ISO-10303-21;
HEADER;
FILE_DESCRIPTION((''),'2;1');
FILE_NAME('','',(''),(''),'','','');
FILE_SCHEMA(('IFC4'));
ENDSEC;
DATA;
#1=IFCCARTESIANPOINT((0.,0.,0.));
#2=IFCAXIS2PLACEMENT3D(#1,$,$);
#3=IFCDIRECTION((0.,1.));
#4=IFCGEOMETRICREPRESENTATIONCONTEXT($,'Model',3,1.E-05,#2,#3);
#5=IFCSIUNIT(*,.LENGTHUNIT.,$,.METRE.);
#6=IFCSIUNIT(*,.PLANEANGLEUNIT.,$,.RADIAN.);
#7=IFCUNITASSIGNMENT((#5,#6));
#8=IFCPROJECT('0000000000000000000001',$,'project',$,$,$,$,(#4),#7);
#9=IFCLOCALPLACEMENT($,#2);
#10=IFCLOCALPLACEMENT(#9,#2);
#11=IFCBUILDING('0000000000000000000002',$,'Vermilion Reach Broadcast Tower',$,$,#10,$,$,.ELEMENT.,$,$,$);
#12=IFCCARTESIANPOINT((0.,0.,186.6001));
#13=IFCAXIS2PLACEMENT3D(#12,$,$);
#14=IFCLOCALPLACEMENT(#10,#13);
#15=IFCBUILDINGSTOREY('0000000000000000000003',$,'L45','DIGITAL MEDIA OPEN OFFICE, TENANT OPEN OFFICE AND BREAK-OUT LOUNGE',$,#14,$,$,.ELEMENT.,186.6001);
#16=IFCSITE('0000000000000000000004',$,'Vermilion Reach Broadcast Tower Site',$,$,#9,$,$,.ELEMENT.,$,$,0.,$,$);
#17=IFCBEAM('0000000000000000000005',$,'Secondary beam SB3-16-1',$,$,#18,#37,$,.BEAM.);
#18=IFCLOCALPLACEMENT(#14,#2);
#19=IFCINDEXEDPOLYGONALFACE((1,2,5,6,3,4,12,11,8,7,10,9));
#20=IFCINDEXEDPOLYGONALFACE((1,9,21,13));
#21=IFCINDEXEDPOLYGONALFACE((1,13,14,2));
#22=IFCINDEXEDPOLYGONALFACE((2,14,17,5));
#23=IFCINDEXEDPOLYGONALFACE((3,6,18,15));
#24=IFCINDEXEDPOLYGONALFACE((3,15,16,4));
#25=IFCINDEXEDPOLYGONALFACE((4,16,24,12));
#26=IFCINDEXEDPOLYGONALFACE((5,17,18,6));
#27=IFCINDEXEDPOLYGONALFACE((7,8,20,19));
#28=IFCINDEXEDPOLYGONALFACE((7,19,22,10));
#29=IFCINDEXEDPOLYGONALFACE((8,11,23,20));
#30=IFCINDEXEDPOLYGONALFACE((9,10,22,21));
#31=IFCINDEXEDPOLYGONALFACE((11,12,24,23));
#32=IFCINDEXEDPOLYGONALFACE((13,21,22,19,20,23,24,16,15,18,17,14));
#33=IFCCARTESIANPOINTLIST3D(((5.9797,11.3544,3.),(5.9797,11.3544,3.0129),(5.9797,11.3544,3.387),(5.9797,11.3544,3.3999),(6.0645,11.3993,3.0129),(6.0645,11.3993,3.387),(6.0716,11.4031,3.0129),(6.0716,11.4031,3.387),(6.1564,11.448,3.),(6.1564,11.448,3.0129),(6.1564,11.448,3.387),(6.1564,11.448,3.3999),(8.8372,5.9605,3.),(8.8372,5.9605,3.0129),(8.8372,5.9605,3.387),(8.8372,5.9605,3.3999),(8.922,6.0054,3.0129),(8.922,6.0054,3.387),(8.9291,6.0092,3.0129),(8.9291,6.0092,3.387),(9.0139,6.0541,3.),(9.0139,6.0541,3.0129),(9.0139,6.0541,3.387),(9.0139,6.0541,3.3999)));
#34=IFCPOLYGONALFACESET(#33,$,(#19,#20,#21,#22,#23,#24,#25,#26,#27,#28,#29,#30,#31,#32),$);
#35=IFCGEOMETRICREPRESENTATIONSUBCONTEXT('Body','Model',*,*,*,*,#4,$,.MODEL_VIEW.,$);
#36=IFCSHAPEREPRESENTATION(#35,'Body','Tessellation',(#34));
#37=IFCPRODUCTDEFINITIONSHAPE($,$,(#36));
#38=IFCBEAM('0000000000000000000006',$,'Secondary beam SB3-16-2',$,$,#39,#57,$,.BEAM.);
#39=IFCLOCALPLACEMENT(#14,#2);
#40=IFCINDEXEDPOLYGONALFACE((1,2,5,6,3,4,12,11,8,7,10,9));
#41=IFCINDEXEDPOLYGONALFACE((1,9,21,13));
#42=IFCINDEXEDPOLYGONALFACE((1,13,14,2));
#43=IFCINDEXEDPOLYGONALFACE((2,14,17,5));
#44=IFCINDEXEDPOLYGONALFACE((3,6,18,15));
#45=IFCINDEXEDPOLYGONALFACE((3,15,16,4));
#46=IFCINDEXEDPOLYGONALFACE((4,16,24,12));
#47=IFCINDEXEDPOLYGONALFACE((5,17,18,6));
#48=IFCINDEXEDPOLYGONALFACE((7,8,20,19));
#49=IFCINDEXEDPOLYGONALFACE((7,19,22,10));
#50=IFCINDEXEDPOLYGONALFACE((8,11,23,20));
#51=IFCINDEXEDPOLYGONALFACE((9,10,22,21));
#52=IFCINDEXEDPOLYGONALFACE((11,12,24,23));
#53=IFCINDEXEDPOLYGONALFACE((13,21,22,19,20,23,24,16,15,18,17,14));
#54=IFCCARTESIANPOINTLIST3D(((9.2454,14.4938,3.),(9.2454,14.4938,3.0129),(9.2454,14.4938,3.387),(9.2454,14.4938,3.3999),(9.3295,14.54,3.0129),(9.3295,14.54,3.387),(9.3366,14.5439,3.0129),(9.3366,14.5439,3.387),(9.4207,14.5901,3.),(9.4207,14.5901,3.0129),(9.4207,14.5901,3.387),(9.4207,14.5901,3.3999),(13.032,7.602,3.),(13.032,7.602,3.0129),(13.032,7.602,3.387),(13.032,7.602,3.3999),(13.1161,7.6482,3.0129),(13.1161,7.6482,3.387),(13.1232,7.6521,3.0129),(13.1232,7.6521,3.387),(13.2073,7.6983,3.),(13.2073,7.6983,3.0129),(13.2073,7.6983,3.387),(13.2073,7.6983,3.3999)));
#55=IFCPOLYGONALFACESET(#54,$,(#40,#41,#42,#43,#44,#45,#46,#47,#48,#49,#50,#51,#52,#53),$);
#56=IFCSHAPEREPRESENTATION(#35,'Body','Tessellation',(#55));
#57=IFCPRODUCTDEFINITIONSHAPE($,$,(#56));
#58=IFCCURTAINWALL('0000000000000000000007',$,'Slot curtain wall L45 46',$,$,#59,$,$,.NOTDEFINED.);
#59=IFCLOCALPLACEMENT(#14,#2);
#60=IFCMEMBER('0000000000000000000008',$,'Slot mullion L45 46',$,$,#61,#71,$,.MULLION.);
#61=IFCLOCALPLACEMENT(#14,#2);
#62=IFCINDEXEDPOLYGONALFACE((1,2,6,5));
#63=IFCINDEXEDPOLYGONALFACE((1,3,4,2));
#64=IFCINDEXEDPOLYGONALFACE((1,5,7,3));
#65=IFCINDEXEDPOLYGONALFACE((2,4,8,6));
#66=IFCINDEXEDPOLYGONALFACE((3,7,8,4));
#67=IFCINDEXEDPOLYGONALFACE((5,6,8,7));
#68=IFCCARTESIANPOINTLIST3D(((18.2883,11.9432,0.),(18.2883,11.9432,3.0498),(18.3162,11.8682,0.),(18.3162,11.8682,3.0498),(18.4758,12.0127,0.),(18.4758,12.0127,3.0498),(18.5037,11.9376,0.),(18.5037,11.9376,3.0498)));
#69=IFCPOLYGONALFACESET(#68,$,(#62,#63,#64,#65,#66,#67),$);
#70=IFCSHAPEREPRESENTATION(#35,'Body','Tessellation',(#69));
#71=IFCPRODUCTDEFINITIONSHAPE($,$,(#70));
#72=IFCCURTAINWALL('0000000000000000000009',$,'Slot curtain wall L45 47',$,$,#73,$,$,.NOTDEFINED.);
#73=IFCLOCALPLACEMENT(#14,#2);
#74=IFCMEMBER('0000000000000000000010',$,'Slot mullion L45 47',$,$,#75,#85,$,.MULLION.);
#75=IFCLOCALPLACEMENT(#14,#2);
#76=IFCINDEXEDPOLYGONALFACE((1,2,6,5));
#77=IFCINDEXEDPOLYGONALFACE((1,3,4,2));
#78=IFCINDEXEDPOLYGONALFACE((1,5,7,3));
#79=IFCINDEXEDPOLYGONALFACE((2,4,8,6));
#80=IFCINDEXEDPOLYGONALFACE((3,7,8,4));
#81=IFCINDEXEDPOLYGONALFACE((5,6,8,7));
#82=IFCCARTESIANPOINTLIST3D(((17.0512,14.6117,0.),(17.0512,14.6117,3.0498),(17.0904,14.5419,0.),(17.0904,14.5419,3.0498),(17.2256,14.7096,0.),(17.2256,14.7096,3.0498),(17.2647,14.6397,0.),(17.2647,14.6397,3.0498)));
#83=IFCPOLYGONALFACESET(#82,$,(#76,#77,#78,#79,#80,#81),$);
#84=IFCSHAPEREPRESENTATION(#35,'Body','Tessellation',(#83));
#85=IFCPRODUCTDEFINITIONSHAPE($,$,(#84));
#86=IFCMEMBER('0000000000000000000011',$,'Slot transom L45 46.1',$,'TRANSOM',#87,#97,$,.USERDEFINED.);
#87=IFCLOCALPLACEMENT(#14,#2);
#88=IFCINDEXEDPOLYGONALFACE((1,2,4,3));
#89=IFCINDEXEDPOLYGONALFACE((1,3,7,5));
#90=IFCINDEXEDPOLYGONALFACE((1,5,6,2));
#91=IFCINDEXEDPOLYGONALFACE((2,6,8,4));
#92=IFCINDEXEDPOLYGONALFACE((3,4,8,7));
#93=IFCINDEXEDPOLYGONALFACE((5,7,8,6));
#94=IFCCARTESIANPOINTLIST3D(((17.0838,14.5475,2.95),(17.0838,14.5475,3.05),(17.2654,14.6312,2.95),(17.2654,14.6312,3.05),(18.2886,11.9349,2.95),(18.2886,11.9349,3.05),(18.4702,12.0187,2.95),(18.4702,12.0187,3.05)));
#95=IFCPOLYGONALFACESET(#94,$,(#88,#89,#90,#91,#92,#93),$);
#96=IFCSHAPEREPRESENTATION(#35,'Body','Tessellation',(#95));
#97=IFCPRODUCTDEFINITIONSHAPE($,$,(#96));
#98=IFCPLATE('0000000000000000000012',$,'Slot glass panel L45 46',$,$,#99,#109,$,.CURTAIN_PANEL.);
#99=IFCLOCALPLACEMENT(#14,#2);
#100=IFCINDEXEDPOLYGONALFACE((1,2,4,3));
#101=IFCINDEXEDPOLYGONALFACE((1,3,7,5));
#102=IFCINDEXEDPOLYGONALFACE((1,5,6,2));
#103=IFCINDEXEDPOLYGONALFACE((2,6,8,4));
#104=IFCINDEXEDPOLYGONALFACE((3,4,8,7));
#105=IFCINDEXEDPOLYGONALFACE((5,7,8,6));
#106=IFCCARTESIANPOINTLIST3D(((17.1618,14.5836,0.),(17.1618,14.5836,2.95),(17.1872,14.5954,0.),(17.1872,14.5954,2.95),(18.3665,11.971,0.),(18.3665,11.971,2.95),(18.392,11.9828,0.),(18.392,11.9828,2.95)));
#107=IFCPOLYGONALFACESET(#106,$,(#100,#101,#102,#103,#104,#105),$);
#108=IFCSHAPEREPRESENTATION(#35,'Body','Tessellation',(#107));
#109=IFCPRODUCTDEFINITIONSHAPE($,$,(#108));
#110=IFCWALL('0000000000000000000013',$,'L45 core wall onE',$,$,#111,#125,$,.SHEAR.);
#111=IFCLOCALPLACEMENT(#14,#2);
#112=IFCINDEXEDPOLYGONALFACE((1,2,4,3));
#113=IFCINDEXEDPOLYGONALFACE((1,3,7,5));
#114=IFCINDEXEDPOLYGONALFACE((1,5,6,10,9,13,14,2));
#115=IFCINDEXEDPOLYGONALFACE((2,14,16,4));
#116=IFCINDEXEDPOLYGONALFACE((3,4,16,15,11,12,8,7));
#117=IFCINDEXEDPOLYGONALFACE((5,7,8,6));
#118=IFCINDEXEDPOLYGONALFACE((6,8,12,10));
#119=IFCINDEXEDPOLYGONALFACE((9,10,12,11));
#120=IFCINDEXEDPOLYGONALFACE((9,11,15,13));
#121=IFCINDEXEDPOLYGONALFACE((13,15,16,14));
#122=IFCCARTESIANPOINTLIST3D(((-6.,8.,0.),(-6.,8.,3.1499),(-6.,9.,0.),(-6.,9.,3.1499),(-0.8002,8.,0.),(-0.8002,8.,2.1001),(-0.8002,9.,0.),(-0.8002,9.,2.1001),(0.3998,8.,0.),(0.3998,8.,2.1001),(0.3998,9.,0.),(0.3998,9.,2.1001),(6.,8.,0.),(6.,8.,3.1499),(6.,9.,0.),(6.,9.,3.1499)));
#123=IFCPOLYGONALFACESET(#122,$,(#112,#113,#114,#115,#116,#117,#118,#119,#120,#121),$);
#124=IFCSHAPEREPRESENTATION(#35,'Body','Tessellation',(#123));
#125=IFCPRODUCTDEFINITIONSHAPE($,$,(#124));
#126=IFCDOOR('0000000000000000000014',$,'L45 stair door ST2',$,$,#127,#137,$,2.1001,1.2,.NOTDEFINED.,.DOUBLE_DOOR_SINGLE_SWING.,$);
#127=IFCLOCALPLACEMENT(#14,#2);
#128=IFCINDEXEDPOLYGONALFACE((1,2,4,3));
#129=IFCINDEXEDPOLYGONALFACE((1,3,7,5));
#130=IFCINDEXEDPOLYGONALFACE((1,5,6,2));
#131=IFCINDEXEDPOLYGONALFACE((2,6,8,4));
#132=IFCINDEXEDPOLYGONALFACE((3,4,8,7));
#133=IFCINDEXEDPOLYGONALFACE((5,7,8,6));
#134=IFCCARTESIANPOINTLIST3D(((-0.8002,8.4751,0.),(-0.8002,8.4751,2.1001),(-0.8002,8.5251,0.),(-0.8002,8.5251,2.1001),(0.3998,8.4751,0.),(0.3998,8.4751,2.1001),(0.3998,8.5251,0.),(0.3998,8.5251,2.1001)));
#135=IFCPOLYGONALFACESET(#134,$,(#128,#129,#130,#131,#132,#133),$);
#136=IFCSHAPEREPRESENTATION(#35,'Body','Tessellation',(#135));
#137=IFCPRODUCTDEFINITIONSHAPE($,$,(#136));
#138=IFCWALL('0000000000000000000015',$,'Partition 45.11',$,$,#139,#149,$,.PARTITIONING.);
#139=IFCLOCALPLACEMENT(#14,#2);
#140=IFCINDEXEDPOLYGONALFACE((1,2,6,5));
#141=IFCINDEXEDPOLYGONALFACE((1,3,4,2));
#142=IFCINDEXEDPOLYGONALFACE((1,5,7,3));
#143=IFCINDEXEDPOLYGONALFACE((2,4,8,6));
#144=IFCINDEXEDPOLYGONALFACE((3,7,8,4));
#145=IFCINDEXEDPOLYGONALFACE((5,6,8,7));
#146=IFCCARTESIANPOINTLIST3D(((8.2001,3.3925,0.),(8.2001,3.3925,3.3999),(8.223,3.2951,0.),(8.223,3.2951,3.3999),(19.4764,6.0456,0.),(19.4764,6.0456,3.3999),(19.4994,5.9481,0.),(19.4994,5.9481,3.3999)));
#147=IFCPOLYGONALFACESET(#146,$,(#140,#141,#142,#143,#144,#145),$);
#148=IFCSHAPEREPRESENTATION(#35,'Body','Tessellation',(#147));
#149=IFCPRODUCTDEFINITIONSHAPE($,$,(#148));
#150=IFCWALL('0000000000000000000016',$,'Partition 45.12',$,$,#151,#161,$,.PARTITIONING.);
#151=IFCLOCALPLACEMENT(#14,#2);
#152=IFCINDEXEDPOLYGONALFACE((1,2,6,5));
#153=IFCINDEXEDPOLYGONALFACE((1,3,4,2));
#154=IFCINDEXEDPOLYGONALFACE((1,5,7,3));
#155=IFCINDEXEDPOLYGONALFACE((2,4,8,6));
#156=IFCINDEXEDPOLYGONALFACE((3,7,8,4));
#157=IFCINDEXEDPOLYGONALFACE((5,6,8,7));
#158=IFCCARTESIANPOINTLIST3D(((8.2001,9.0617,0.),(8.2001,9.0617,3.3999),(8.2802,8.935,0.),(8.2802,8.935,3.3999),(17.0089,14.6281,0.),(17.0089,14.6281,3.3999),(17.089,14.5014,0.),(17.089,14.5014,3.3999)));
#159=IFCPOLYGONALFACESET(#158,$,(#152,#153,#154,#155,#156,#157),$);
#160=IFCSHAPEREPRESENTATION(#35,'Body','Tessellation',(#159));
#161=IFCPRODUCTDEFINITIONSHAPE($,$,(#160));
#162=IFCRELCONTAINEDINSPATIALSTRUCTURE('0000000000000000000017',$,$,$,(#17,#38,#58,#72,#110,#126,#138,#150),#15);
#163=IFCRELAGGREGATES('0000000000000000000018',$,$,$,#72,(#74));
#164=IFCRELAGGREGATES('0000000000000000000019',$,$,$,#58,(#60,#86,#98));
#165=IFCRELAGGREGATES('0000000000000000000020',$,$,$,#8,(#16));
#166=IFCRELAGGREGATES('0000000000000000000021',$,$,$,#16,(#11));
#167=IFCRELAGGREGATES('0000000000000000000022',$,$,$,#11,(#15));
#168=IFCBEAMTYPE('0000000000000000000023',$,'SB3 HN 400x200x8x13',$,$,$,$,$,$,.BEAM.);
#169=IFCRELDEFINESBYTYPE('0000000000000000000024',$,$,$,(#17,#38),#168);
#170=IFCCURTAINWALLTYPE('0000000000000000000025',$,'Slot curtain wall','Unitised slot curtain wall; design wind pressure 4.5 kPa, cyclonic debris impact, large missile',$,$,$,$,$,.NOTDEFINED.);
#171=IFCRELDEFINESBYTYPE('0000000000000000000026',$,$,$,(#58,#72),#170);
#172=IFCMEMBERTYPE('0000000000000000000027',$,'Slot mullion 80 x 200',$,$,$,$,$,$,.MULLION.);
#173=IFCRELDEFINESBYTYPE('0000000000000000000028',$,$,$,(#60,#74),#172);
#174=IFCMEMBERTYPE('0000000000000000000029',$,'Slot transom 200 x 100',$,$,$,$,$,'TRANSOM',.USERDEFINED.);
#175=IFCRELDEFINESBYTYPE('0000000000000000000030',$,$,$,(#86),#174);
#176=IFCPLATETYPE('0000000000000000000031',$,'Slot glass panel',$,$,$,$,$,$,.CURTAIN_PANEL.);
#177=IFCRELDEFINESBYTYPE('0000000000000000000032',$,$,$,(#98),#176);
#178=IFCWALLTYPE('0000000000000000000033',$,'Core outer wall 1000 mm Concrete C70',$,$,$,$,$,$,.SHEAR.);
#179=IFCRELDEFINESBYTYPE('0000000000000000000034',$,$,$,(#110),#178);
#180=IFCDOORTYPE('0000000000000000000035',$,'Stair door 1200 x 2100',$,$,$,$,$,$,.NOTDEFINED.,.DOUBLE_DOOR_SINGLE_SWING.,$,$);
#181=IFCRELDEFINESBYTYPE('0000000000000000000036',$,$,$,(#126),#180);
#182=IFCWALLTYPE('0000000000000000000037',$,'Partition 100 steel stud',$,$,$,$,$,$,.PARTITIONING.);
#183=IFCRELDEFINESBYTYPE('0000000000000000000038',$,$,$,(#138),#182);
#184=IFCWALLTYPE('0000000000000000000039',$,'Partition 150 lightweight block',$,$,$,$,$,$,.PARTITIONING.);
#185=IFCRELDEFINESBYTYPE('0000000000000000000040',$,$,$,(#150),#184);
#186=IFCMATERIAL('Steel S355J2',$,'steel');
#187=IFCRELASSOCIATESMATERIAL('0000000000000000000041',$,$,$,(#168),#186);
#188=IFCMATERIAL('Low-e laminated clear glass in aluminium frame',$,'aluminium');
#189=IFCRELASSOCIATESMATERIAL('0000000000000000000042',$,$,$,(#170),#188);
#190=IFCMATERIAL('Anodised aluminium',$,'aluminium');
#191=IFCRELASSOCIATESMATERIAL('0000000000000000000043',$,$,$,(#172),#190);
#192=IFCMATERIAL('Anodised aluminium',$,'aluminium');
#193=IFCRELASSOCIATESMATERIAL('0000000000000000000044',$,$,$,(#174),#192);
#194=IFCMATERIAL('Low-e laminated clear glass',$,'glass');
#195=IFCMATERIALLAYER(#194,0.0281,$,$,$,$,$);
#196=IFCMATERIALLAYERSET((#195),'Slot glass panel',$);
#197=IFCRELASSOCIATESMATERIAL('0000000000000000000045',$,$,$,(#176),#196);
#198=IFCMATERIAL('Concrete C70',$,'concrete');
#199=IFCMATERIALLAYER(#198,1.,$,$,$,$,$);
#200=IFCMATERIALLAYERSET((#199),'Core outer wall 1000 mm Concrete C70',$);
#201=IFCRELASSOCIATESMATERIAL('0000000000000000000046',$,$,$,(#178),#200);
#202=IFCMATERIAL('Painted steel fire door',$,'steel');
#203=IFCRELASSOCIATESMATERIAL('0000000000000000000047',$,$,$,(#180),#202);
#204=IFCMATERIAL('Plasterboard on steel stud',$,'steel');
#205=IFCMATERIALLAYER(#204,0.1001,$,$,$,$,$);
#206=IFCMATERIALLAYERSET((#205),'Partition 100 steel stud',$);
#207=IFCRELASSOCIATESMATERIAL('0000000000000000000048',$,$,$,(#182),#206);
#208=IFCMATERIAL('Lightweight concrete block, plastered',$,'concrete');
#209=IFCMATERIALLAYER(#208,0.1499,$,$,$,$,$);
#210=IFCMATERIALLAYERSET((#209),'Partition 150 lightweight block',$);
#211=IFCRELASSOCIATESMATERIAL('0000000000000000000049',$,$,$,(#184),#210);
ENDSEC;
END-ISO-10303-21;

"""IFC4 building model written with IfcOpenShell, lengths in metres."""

from ifc_helpers import new_model, si_unit, direction, frame, frame_2d, origin, origin_2d, place, context, subcontext, project, spatial, rectangle, i_section, extrude, material, layer, layer_set, material_profile, profile_set, type_object, element, fill, aggregate, save


model = new_model("IFC4")

# Units and contexts
model_context = context("Model", 3, precision=1e-05, world=origin(), true_north=direction((0.0, 1.0)))
body_context = subcontext(model_context, "Body", "Model", "MODEL_VIEW")
ifc_project = project(units=[si_unit("LENGTHUNIT", "METRE"), si_unit("PLANEANGLEUNIT", "RADIAN")], contexts=[model_context])

# Site, building, storey
site_placement = place(None, origin())
site = spatial("IfcSite", under=ifc_project, at=site_placement, Name="Vermilion Reach Broadcast Tower Site", CompositionType="ELEMENT", RefElevation=0.0)
building_placement = place(site_placement, origin())
building = spatial("IfcBuilding", under=site, at=building_placement, Name="Vermilion Reach Broadcast Tower", CompositionType="ELEMENT")
storey_placement = place(building_placement, frame((0.0, 0.0, 186.6001)))
storey = spatial("IfcBuildingStorey", under=building, at=storey_placement, Name="L45", Description="DIGITAL MEDIA OPEN OFFICE, TENANT OPEN OFFICE AND BREAK-OUT LOUNGE", CompositionType="ELEMENT", Elevation=186.6001)

# Beams
ifc_material_1 = material(Name="Steel S355J2", Category="steel")
ifc_material_profile_1 = material_profile(ifc_material_1, i_section(OverallWidth=0.2, OverallDepth=0.3999, WebThickness=0.0081, FlangeThickness=0.0129, at=origin_2d()), Name="S355J2 HN 400x200x8x13")
ifc_profile_set_1 = profile_set([ifc_material_profile_1], Name="Steel S355J2")
beam_type_1 = type_object("IfcBeamType", Name="SB3 HN 400x200x8x13", PredefinedType="BEAM", material=ifc_profile_set_1)
beam_1_placement = place(storey_placement, frame((8.9255, 6.0073, 3.2), z_axis=(-0.468128, 0.88366, 0.0), x_axis=(-0.88366, -0.468128, 0.0)))
element("IfcBeam", 1, at=beam_1_placement, inside=storey, type_object=beam_type_1, Name="Secondary beam SB3-16-1", PredefinedType="BEAM", context=body_context, shape_type="SweptSolid", body=[
    extrude(i_section(OverallWidth=0.2, OverallDepth=0.3999, WebThickness=0.0081, FlangeThickness=0.0129, at=origin_2d()), origin(), (0.0, 0.0, 1.0), 6.104),
])
beam_2_placement = place(storey_placement, frame((13.1196, 7.6501, 3.2), z_axis=(-0.481539, 0.876425, 0.0), x_axis=(-0.876425, -0.481539, 0.0)))
element("IfcBeam", 2, at=beam_2_placement, inside=storey, type_object=beam_type_1, Name="Secondary beam SB3-16-2", PredefinedType="BEAM", context=body_context, shape_type="SweptSolid", body=[
    extrude(i_section(OverallWidth=0.2, OverallDepth=0.3999, WebThickness=0.0081, FlangeThickness=0.0129, at=origin_2d()), origin(), (0.0, 0.0, 1.0), 7.8635),
])

# Curtain walls, members
ifc_material_2 = material(Name="Low-e laminated clear glass in aluminium frame", Category="aluminium")
curtain_wall_type = type_object("IfcCurtainWallType", Name="Slot curtain wall", Description="Unitised slot curtain wall; design wind pressure 4.5 kPa, cyclonic debris impact, large missile", PredefinedType="NOTDEFINED", material=ifc_material_2)
placement = place(storey_placement, origin())
curtain_wall_1 = element("IfcCurtainWall", 3, at=placement, inside=storey, type_object=curtain_wall_type, Name="Slot curtain wall L45 46", PredefinedType="NOTDEFINED")
ifc_material_3 = material(Name="Anodised aluminium", Category="aluminium")
ifc_material_profile_2 = material_profile(ifc_material_3, rectangle(XDim=0.2, YDim=0.0801, at=origin_2d()), Name="Slot mullion 80 x 200")
ifc_profile_set_2 = profile_set([ifc_material_profile_2], Name="Anodised aluminium")
member_type_1 = type_object("IfcMemberType", Name="Slot mullion 80 x 200", PredefinedType="MULLION", material=ifc_profile_set_2)
member_1_placement = place(storey_placement, frame((18.396, 11.9404, 0.0), z_axis=(0.0, 0.0, 1.0), x_axis=(-0.937728, -0.34737, 0.0)))
member_1 = element("IfcMember", 4, at=member_1_placement, type_object=member_type_1, Name="Slot mullion L45 46", PredefinedType="MULLION", context=body_context, shape_type="SweptSolid", body=[
    extrude(rectangle(XDim=0.2, YDim=0.0801, at=origin_2d()), origin(), (0.0, 0.0, 1.0), 3.0498),
])
curtain_wall_2 = element("IfcCurtainWall", 5, at=placement, inside=storey, type_object=curtain_wall_type, Name="Slot curtain wall L45 47", PredefinedType="NOTDEFINED")
member_2_placement = place(storey_placement, frame((17.158, 14.6257, 0.0), z_axis=(0.0, 0.0, 1.0), x_axis=(-0.872145, -0.489247, 0.0)))
member_2 = element("IfcMember", 6, at=member_2_placement, type_object=member_type_1, Name="Slot mullion L45 47", PredefinedType="MULLION", context=body_context, shape_type="SweptSolid", body=[
    extrude(rectangle(XDim=0.2, YDim=0.0801, at=origin_2d()), origin(), (0.0, 0.0, 1.0), 3.0498),
])
aggregate(curtain_wall_2, [member_2])

# Member
ifc_material_4 = material(Name="Anodised aluminium", Category="aluminium")
ifc_material_profile_3 = material_profile(ifc_material_4, rectangle(XDim=0.2, YDim=0.1001, at=origin_2d()), Name="Slot transom 200 x 100")
ifc_profile_set_3 = profile_set([ifc_material_profile_3], Name="Anodised aluminium")
member_type_2 = type_object("IfcMemberType", Name="Slot transom 200 x 100", ElementType="TRANSOM", PredefinedType="USERDEFINED", material=ifc_profile_set_3)
member_3_placement = place(storey_placement, frame((18.3794, 11.9768, 3.0), z_axis=(-0.418784, 0.908086, 0.0), x_axis=(-0.908086, -0.418784, 0.0)))
member_3 = element("IfcMember", 7, at=member_3_placement, type_object=member_type_2, Name="Slot transom L45 46.1", ObjectType="TRANSOM", PredefinedType="USERDEFINED", context=body_context, shape_type="SweptSolid", body=[
    extrude(rectangle(XDim=0.2, YDim=0.1001, at=origin_2d()), origin(), (0.0, 0.0, 1.0), 2.877),
])

# Plate
ifc_material_5 = material(Name="Low-e laminated clear glass", Category="glass")
ifc_layer_1 = layer(ifc_material_5, 0.0281)
ifc_layer_set_1 = layer_set([ifc_layer_1], Name="Slot glass panel")
plate_type = type_object("IfcPlateType", Name="Slot glass panel", PredefinedType="CURTAIN_PANEL", material=ifc_layer_set_1)
plate_placement = place(storey_placement, frame((17.7769, 13.2832, 0.0), z_axis=(0.0, 0.0, 1.0), x_axis=(-0.418747, 0.908103, 0.0)))
plate = element("IfcPlate", 8, at=plate_placement, type_object=plate_type, Name="Slot glass panel L45 46", PredefinedType="CURTAIN_PANEL", context=body_context, shape_type="SweptSolid", body=[
    extrude(rectangle(XDim=2.877, YDim=0.0281, at=origin_2d()), origin(), (0.0, 0.0, 1.0), 2.95),
])
aggregate(curtain_wall_1, [member_1, member_3, plate])

# Wall, opening, door
ifc_material_6 = material(Name="Concrete C70", Category="concrete")
ifc_layer_2 = layer(ifc_material_6, 1.0)
ifc_layer_set_2 = layer_set([ifc_layer_2], Name="Core outer wall 1000 mm Concrete C70")
wall_type_1 = type_object("IfcWallType", Name="Core outer wall 1000 mm Concrete C70", PredefinedType="SHEAR", material=ifc_layer_set_2)
wall_1_placement = place(storey_placement, frame((6.0, 8.5, 0.0), z_axis=(0.0, 0.0, 1.0), x_axis=(-1.0, 0.0, 0.0)))
wall_1 = element("IfcWall", 9, at=wall_1_placement, inside=storey, type_object=wall_type_1, Name="L45 core wall onE", PredefinedType="SHEAR", context=body_context, shape_type="SweptSolid", body=[
    extrude(rectangle(XDim=12.0, YDim=1.0, at=frame_2d((6.0, 0.0))), origin(), (0.0, 0.0, 1.0), 3.1499),
])
opening_1_placement = place(wall_1_placement, frame((5.6001, 0.0, 0.0)))
opening_1 = element("IfcOpeningElement", 10, at=opening_1_placement, cuts=wall_1, PredefinedType="OPENING", context=body_context, shape_type="SweptSolid", body=[
    extrude(rectangle(XDim=1.2, YDim=2.1001, at=frame_2d((0.6001, 1.05))), frame((0.0, 0.51, 0.0), z_axis=(0.0, -1.0, 0.0), x_axis=(1.0, 0.0, 0.0)), (0.0, 0.0, 1.0), 1.02),
])
ifc_material_7 = material(Name="Painted steel fire door", Category="steel")
door_type_1 = type_object("IfcDoorType", Name="Stair door 1200 x 2100", OperationType="DOUBLE_DOOR_SINGLE_SWING", PredefinedType="NOTDEFINED", material=ifc_material_7)
door_1_placement = place(opening_1_placement, origin())
door_1 = element("IfcDoor", 11, at=door_1_placement, inside=storey, type_object=door_type_1, Name="L45 stair door ST2", OperationType="DOUBLE_DOOR_SINGLE_SWING", OverallHeight=2.1001, OverallWidth=1.2, PredefinedType="NOTDEFINED", context=body_context, shape_type="SweptSolid", body=[
    extrude(rectangle(XDim=1.2, YDim=2.1001, at=frame_2d((0.6001, 1.05))), frame((0.0, 0.0249, 0.0), z_axis=(0.0, -1.0, 0.0), x_axis=(1.0, 0.0, 0.0)), (0.0, 0.0, 1.0), 0.05),
])
fill(opening_1, door_1)

# Walls
ifc_material_8 = material(Name="Plasterboard on steel stud", Category="steel")
ifc_layer_3 = layer(ifc_material_8, 0.1001)
ifc_layer_set_3 = layer_set([ifc_layer_3], Name="Partition 100 steel stud")
wall_type_2 = type_object("IfcWallType", Name="Partition 100 steel stud", PredefinedType="PARTITIONING", material=ifc_layer_set_3)
wall_2_placement = place(storey_placement, frame((19.4878, 5.9968, 0.0), z_axis=(0.0, 0.0, 1.0), x_axis=(-0.973421, -0.229024, 0.0)))
element("IfcWall", 12, at=wall_2_placement, inside=storey, type_object=wall_type_2, Name="Partition 45.11", PredefinedType="PARTITIONING", context=body_context, shape_type="SweptSolid", body=[
    extrude(rectangle(XDim=11.5842, YDim=0.1001, at=frame_2d((5.792, 0.0))), origin(), (0.0, 0.0, 1.0), 3.3999),
])
ifc_material_9 = material(Name="Lightweight concrete block, plastered", Category="concrete")
ifc_layer_4 = layer(ifc_material_9, 0.1499)
ifc_layer_set_4 = layer_set([ifc_layer_4], Name="Partition 150 lightweight block")
wall_type_3 = type_object("IfcWallType", Name="Partition 150 lightweight block", PredefinedType="PARTITIONING", material=ifc_layer_set_4)
wall_3_placement = place(storey_placement, frame((17.0488, 14.5647, 0.0), z_axis=(0.0, 0.0, 1.0), x_axis=(-0.845362, -0.534194, 0.0)))
element("IfcWall", 13, at=wall_3_placement, inside=storey, type_object=wall_type_3, Name="Partition 45.12", PredefinedType="PARTITIONING", context=body_context, shape_type="SweptSolid", body=[
    extrude(rectangle(XDim=10.4202, YDim=0.1499, at=frame_2d((5.21, 0.0))), origin(), (0.0, 0.0, 1.0), 3.3999),
])

save(model, "model.ifc")
